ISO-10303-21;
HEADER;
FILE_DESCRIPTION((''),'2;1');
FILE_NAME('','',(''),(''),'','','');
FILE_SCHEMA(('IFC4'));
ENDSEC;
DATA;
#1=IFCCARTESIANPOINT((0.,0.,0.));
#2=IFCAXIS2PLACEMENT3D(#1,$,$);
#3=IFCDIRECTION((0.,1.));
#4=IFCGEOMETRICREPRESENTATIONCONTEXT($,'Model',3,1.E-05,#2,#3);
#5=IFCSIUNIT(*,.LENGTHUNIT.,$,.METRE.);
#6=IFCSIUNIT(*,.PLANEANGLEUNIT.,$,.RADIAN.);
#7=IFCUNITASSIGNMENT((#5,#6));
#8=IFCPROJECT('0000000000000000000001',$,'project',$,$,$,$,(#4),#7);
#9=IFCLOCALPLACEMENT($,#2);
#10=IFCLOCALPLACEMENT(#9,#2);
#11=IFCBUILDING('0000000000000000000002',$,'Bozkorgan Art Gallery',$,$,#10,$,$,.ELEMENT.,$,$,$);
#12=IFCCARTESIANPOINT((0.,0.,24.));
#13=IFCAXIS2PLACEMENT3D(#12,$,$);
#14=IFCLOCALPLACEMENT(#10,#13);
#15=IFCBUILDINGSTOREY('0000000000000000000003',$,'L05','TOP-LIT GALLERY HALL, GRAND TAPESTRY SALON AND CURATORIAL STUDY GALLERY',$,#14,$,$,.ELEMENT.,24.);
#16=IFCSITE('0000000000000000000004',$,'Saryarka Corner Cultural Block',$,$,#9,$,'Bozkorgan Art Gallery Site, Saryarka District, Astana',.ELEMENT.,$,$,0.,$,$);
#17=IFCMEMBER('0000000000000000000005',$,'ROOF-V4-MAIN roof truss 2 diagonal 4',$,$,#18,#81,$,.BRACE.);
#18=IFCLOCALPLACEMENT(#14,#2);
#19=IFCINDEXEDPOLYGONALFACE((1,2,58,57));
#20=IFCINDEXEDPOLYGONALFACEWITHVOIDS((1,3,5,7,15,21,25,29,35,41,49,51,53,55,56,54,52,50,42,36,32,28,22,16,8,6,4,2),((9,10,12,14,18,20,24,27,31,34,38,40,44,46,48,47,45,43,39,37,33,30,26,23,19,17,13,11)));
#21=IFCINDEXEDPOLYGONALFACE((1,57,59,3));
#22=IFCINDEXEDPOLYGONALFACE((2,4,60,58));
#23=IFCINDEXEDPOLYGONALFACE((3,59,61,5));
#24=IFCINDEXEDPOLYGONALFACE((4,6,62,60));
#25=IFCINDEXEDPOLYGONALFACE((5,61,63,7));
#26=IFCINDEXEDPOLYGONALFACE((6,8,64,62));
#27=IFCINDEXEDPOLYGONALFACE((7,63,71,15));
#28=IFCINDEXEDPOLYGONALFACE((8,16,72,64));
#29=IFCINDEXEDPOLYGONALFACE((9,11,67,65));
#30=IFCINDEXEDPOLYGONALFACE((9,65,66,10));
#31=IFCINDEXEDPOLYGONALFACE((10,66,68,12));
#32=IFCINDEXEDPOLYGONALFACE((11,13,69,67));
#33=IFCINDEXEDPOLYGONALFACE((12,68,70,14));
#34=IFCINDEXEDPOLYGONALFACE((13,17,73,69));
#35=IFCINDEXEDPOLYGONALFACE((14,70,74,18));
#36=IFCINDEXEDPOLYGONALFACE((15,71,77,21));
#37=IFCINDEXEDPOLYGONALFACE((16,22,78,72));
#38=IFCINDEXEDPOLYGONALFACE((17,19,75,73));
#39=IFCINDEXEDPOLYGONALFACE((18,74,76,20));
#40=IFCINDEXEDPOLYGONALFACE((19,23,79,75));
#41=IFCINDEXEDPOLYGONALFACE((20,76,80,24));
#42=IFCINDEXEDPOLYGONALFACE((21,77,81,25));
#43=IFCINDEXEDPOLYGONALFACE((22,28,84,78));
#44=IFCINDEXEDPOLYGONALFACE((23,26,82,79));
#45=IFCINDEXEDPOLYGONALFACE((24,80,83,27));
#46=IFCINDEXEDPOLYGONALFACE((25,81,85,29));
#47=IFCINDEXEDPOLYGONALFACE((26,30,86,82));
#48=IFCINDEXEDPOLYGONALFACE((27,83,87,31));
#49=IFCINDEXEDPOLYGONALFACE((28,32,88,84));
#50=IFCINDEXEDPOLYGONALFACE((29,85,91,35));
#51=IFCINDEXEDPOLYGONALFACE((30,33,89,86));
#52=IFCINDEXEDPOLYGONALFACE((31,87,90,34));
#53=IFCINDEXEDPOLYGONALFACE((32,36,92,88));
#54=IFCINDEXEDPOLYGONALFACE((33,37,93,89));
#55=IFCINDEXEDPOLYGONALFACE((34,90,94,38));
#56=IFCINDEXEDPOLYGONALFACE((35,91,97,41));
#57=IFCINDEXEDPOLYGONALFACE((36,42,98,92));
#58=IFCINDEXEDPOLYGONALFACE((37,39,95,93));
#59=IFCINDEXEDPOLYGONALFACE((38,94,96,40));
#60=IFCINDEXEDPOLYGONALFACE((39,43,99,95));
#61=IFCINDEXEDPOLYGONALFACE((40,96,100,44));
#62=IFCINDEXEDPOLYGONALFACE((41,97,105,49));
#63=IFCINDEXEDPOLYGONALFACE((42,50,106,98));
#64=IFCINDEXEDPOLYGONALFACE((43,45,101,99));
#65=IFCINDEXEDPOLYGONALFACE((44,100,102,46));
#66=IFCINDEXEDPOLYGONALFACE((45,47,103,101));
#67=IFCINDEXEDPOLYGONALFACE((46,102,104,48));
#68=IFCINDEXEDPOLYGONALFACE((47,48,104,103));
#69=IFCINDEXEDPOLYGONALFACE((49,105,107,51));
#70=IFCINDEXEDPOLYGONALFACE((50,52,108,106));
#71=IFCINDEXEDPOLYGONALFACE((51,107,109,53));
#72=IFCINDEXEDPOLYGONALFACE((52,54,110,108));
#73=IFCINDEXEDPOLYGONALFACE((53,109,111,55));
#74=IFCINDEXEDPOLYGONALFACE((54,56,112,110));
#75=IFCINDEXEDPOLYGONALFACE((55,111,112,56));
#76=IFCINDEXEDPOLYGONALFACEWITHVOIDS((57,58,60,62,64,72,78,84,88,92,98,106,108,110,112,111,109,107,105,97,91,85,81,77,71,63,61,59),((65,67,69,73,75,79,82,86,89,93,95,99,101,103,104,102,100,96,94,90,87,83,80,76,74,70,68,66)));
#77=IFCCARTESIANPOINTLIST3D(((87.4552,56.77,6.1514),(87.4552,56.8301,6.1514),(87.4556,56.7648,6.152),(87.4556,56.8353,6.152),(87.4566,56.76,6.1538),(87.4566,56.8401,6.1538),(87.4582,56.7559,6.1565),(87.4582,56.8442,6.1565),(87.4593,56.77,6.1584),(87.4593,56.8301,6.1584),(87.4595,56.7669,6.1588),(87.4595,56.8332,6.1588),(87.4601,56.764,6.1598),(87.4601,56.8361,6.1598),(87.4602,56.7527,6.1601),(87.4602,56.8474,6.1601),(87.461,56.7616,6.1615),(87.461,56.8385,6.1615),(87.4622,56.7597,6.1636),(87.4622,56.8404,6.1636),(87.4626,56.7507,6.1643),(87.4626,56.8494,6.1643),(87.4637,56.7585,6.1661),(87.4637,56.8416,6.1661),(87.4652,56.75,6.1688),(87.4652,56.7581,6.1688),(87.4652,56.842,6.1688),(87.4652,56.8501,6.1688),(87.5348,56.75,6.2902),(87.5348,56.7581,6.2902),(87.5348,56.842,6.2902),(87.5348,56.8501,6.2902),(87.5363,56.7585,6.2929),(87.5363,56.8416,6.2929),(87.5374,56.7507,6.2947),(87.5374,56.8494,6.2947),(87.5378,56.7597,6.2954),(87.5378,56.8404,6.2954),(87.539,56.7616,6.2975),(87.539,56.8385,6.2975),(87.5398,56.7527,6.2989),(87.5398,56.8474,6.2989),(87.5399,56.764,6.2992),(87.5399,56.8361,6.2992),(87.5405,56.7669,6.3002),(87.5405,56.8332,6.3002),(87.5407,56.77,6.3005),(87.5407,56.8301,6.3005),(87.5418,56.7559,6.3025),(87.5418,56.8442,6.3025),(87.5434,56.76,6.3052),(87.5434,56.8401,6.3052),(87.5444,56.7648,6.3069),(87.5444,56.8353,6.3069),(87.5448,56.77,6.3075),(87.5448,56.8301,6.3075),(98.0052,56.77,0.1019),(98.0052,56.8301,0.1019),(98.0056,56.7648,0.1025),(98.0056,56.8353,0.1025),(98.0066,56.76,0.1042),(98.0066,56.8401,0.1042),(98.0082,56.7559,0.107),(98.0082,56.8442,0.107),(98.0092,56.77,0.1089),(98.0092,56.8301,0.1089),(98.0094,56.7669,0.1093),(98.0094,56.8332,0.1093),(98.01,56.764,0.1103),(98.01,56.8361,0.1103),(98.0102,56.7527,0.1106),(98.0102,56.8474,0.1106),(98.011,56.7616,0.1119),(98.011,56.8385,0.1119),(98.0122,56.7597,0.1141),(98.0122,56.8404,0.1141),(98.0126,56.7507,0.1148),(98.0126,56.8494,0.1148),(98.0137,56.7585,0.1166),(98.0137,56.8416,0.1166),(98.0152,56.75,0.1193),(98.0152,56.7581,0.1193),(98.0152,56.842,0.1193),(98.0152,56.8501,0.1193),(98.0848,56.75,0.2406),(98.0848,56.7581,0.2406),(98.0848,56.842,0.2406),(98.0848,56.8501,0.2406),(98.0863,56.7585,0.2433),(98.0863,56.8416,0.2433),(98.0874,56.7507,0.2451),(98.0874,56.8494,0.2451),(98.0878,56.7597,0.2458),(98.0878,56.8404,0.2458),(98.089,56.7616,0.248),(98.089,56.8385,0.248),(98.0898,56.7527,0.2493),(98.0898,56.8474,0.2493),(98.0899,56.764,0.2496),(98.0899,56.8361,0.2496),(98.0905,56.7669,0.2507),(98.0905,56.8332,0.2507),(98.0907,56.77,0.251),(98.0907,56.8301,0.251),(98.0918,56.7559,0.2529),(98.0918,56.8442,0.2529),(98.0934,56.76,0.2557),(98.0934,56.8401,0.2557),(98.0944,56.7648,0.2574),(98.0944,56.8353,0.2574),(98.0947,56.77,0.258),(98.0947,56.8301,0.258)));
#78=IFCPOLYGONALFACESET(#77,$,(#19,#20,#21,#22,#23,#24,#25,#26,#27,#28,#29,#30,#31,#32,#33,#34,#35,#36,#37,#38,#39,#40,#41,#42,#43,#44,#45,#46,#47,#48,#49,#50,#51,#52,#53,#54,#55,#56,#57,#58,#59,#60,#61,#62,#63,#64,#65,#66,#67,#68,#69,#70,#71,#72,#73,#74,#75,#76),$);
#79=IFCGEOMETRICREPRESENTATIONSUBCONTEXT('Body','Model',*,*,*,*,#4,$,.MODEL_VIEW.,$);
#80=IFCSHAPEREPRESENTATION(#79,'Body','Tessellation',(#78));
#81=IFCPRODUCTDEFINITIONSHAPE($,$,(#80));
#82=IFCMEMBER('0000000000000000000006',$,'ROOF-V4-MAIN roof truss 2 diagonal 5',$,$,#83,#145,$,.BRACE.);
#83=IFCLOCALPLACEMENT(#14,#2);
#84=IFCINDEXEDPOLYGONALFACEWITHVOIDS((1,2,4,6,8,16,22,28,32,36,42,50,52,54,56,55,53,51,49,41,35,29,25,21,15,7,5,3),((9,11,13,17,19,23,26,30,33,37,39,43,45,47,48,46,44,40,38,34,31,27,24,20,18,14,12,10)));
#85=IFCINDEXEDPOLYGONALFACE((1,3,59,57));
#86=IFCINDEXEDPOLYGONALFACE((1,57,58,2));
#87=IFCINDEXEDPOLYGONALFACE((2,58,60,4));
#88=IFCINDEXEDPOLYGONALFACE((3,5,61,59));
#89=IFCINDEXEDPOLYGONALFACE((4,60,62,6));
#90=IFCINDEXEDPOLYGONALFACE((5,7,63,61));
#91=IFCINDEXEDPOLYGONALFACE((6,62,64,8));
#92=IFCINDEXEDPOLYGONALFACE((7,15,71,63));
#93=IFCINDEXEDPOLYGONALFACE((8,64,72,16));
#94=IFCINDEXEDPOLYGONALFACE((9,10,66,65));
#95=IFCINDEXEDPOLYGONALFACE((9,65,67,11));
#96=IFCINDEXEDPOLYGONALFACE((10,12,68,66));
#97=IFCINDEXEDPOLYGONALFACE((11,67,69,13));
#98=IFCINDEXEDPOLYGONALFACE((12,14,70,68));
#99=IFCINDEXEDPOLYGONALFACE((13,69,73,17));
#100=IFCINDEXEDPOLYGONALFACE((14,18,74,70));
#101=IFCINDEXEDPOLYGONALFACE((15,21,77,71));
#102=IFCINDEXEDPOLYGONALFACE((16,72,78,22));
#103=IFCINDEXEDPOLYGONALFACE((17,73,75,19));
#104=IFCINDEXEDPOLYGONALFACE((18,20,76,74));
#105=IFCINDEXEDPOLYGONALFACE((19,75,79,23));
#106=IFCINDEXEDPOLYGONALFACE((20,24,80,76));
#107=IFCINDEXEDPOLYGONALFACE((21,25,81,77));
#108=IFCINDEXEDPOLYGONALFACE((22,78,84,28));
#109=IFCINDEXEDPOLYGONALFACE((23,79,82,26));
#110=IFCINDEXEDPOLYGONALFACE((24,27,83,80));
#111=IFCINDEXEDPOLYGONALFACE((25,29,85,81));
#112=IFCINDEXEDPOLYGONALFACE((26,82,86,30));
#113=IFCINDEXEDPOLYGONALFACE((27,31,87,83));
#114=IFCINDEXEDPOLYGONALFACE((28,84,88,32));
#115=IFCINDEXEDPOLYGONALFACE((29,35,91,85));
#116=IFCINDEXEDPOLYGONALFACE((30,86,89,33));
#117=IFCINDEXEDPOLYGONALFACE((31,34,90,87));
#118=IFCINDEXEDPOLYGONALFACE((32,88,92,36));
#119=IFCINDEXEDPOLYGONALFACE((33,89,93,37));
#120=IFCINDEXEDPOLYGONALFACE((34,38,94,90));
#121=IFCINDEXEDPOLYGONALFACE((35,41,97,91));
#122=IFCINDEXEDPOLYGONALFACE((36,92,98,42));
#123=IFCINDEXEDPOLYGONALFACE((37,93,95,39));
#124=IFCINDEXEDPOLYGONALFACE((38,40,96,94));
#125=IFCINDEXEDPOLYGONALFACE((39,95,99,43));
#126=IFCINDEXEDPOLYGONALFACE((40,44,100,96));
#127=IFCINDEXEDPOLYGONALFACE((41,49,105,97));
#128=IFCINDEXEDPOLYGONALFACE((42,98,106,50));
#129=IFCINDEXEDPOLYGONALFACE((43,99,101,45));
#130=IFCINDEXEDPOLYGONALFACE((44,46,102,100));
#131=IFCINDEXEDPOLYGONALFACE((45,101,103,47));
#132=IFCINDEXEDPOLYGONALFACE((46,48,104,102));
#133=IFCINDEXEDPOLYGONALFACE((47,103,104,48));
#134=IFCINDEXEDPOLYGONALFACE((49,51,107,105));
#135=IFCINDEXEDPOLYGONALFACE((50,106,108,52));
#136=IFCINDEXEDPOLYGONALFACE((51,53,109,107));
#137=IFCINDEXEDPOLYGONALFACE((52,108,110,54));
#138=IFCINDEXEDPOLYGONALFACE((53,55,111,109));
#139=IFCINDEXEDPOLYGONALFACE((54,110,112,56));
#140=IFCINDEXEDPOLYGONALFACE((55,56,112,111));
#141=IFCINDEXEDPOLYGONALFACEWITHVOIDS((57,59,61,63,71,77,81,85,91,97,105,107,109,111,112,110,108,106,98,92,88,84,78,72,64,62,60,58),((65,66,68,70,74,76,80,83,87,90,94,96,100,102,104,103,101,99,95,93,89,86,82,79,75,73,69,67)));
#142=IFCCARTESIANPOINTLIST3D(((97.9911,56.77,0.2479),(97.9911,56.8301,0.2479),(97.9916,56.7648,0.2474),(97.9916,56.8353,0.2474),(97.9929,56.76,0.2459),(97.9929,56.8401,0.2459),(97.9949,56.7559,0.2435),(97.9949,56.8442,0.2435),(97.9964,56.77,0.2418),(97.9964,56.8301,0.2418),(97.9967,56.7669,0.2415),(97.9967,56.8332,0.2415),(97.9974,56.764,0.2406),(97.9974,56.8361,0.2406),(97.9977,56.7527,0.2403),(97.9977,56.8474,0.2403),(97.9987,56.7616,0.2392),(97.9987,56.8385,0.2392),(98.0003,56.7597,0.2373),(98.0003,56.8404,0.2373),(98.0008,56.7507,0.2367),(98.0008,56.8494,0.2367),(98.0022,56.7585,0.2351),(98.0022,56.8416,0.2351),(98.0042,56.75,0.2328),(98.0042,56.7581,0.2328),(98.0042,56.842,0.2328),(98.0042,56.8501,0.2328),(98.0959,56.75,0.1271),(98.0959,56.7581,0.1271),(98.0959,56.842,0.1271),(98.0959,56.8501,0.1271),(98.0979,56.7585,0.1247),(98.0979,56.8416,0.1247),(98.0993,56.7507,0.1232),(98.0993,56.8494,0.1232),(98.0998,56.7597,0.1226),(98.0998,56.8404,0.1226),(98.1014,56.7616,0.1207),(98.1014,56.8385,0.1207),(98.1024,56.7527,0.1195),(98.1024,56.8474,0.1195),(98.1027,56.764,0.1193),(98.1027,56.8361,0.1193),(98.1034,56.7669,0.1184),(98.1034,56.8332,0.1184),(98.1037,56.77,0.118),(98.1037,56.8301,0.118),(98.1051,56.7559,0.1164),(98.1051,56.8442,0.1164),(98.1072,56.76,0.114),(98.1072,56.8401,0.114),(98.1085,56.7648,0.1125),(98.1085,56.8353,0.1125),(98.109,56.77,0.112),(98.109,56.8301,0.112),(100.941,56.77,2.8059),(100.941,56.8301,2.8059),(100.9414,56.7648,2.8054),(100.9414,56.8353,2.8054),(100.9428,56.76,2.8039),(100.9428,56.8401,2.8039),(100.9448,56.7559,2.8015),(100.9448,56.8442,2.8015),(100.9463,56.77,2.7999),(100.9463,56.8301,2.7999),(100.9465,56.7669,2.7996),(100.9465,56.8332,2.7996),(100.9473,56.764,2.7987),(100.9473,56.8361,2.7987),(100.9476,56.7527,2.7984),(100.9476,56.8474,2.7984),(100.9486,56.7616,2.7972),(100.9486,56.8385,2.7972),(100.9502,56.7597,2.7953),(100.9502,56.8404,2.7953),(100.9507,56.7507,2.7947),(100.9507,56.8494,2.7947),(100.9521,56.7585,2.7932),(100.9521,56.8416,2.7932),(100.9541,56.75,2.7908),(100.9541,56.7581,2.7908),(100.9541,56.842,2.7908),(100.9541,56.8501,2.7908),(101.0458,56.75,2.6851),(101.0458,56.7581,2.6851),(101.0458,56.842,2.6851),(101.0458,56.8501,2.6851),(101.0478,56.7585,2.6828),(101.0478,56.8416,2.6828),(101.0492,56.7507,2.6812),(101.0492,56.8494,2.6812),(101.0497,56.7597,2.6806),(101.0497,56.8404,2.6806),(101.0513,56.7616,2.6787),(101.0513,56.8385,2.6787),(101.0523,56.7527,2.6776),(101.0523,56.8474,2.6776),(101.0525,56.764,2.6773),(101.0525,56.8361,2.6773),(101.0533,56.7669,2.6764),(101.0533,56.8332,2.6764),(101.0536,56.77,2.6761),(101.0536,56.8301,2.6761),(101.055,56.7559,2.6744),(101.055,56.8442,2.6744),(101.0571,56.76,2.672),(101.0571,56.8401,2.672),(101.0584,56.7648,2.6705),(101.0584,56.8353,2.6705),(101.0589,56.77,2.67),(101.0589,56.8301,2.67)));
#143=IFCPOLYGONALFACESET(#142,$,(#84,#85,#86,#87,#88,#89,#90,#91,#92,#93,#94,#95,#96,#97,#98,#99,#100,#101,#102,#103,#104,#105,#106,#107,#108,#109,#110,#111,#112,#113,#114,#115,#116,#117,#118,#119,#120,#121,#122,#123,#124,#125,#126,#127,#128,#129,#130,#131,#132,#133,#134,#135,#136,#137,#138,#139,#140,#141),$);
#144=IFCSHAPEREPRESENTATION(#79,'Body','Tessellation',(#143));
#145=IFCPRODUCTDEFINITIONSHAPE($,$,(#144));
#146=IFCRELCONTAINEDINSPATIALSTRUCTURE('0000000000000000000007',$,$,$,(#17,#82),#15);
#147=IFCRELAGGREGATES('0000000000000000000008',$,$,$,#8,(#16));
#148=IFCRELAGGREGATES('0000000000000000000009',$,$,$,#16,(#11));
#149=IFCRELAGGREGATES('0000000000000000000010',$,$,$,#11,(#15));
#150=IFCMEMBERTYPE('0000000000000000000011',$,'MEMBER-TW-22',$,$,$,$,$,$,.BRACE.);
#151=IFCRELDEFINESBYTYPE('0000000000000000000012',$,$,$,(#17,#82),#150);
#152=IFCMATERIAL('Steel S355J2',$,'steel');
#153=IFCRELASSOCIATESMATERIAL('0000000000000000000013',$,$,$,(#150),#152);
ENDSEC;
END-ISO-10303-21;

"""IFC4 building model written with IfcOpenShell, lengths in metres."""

from ifc_helpers import new_model, si_unit, direction, frame, origin, origin_2d, place, context, subcontext, project, spatial, hollow_rectangle, extrude, material, material_profile, profile_set, type_object, element, save


model = new_model("IFC4")

# Units and contexts
model_context = context("Model", 3, precision=1e-05, world=origin(), true_north=direction((0.0, 1.0)))
body_context = subcontext(model_context, "Body", "Model", "MODEL_VIEW")
ifc_project = project(units=[si_unit("LENGTHUNIT", "METRE"), si_unit("PLANEANGLEUNIT", "RADIAN")], contexts=[model_context])

# Site, building, storey
site_placement = place(None, origin())
site = spatial("IfcSite", under=ifc_project, at=site_placement, Name="Saryarka Corner Cultural Block", LongName="Bozkorgan Art Gallery Site, Saryarka District, Astana", CompositionType="ELEMENT", RefElevation=0.0)
building_placement = place(site_placement, origin())
building = spatial("IfcBuilding", under=site, at=building_placement, Name="Bozkorgan Art Gallery", CompositionType="ELEMENT")
storey_placement = place(building_placement, frame((0.0, 0.0, 24.0)))
storey = spatial("IfcBuildingStorey", under=building, at=storey_placement, Name="L05", Description="TOP-LIT GALLERY HALL, GRAND TAPESTRY SALON AND CURATORIAL STUDY GALLERY", CompositionType="ELEMENT", Elevation=24.0)

# Members
ifc_material_1 = material(Name="Steel S355J2", Category="steel")
ifc_material_profile_1 = material_profile(ifc_material_1, hollow_rectangle(XDim=0.1001, YDim=0.1799, WallThickness=0.0081, InnerFilletRadius=0.012, OuterFilletRadius=0.02, at=origin_2d()), Name="RHS 180x100x8")
ifc_profile_set_1 = profile_set([ifc_material_profile_1], Name="Steel S355J2")
member_type_1 = type_object("IfcMemberType", Name="MEMBER-TW-22", PredefinedType="BRACE", material=ifc_profile_set_1)
for number, where, z_axis, x_axis, name in (
    (1, (87.5, 56.8, 6.2295), (0.8675, 0.0, -0.497438), (0.0, 1.0, 0.0), "ROOF-V4-MAIN roof truss 2 diagonal 4"),
):
    element("IfcMember", number, at=place(storey_placement, frame(where, z_axis=z_axis, x_axis=x_axis)), inside=storey, type_object=member_type_1, Name=name, PredefinedType="BRACE", context=body_context, shape_type="SweptSolid", body=[
        extrude(hollow_rectangle(XDim=0.1001, YDim=0.1799, WallThickness=0.0081, InnerFilletRadius=0.012, OuterFilletRadius=0.02, at=origin_2d()), origin(), (0.0, 0.0, 1.0), 12.1614),
    ])
member_1_placement = place(storey_placement, frame((98.05, 56.8, 0.1799), z_axis=(0.755501, 0.0, 0.655147), x_axis=(0.0, 1.0, 0.0)))
element("IfcMember", 2, at=member_1_placement, inside=storey, type_object=member_type_1, Name="ROOF-V4-MAIN roof truss 2 diagonal 5", PredefinedType="BRACE", context=body_context, shape_type="SweptSolid", body=[
    extrude(hollow_rectangle(XDim=0.1001, YDim=0.1799, WallThickness=0.0081, InnerFilletRadius=0.012, OuterFilletRadius=0.02, at=origin_2d()), origin(), (0.0, 0.0, 1.0), 3.9045),
])

save(model, "model.ifc")
